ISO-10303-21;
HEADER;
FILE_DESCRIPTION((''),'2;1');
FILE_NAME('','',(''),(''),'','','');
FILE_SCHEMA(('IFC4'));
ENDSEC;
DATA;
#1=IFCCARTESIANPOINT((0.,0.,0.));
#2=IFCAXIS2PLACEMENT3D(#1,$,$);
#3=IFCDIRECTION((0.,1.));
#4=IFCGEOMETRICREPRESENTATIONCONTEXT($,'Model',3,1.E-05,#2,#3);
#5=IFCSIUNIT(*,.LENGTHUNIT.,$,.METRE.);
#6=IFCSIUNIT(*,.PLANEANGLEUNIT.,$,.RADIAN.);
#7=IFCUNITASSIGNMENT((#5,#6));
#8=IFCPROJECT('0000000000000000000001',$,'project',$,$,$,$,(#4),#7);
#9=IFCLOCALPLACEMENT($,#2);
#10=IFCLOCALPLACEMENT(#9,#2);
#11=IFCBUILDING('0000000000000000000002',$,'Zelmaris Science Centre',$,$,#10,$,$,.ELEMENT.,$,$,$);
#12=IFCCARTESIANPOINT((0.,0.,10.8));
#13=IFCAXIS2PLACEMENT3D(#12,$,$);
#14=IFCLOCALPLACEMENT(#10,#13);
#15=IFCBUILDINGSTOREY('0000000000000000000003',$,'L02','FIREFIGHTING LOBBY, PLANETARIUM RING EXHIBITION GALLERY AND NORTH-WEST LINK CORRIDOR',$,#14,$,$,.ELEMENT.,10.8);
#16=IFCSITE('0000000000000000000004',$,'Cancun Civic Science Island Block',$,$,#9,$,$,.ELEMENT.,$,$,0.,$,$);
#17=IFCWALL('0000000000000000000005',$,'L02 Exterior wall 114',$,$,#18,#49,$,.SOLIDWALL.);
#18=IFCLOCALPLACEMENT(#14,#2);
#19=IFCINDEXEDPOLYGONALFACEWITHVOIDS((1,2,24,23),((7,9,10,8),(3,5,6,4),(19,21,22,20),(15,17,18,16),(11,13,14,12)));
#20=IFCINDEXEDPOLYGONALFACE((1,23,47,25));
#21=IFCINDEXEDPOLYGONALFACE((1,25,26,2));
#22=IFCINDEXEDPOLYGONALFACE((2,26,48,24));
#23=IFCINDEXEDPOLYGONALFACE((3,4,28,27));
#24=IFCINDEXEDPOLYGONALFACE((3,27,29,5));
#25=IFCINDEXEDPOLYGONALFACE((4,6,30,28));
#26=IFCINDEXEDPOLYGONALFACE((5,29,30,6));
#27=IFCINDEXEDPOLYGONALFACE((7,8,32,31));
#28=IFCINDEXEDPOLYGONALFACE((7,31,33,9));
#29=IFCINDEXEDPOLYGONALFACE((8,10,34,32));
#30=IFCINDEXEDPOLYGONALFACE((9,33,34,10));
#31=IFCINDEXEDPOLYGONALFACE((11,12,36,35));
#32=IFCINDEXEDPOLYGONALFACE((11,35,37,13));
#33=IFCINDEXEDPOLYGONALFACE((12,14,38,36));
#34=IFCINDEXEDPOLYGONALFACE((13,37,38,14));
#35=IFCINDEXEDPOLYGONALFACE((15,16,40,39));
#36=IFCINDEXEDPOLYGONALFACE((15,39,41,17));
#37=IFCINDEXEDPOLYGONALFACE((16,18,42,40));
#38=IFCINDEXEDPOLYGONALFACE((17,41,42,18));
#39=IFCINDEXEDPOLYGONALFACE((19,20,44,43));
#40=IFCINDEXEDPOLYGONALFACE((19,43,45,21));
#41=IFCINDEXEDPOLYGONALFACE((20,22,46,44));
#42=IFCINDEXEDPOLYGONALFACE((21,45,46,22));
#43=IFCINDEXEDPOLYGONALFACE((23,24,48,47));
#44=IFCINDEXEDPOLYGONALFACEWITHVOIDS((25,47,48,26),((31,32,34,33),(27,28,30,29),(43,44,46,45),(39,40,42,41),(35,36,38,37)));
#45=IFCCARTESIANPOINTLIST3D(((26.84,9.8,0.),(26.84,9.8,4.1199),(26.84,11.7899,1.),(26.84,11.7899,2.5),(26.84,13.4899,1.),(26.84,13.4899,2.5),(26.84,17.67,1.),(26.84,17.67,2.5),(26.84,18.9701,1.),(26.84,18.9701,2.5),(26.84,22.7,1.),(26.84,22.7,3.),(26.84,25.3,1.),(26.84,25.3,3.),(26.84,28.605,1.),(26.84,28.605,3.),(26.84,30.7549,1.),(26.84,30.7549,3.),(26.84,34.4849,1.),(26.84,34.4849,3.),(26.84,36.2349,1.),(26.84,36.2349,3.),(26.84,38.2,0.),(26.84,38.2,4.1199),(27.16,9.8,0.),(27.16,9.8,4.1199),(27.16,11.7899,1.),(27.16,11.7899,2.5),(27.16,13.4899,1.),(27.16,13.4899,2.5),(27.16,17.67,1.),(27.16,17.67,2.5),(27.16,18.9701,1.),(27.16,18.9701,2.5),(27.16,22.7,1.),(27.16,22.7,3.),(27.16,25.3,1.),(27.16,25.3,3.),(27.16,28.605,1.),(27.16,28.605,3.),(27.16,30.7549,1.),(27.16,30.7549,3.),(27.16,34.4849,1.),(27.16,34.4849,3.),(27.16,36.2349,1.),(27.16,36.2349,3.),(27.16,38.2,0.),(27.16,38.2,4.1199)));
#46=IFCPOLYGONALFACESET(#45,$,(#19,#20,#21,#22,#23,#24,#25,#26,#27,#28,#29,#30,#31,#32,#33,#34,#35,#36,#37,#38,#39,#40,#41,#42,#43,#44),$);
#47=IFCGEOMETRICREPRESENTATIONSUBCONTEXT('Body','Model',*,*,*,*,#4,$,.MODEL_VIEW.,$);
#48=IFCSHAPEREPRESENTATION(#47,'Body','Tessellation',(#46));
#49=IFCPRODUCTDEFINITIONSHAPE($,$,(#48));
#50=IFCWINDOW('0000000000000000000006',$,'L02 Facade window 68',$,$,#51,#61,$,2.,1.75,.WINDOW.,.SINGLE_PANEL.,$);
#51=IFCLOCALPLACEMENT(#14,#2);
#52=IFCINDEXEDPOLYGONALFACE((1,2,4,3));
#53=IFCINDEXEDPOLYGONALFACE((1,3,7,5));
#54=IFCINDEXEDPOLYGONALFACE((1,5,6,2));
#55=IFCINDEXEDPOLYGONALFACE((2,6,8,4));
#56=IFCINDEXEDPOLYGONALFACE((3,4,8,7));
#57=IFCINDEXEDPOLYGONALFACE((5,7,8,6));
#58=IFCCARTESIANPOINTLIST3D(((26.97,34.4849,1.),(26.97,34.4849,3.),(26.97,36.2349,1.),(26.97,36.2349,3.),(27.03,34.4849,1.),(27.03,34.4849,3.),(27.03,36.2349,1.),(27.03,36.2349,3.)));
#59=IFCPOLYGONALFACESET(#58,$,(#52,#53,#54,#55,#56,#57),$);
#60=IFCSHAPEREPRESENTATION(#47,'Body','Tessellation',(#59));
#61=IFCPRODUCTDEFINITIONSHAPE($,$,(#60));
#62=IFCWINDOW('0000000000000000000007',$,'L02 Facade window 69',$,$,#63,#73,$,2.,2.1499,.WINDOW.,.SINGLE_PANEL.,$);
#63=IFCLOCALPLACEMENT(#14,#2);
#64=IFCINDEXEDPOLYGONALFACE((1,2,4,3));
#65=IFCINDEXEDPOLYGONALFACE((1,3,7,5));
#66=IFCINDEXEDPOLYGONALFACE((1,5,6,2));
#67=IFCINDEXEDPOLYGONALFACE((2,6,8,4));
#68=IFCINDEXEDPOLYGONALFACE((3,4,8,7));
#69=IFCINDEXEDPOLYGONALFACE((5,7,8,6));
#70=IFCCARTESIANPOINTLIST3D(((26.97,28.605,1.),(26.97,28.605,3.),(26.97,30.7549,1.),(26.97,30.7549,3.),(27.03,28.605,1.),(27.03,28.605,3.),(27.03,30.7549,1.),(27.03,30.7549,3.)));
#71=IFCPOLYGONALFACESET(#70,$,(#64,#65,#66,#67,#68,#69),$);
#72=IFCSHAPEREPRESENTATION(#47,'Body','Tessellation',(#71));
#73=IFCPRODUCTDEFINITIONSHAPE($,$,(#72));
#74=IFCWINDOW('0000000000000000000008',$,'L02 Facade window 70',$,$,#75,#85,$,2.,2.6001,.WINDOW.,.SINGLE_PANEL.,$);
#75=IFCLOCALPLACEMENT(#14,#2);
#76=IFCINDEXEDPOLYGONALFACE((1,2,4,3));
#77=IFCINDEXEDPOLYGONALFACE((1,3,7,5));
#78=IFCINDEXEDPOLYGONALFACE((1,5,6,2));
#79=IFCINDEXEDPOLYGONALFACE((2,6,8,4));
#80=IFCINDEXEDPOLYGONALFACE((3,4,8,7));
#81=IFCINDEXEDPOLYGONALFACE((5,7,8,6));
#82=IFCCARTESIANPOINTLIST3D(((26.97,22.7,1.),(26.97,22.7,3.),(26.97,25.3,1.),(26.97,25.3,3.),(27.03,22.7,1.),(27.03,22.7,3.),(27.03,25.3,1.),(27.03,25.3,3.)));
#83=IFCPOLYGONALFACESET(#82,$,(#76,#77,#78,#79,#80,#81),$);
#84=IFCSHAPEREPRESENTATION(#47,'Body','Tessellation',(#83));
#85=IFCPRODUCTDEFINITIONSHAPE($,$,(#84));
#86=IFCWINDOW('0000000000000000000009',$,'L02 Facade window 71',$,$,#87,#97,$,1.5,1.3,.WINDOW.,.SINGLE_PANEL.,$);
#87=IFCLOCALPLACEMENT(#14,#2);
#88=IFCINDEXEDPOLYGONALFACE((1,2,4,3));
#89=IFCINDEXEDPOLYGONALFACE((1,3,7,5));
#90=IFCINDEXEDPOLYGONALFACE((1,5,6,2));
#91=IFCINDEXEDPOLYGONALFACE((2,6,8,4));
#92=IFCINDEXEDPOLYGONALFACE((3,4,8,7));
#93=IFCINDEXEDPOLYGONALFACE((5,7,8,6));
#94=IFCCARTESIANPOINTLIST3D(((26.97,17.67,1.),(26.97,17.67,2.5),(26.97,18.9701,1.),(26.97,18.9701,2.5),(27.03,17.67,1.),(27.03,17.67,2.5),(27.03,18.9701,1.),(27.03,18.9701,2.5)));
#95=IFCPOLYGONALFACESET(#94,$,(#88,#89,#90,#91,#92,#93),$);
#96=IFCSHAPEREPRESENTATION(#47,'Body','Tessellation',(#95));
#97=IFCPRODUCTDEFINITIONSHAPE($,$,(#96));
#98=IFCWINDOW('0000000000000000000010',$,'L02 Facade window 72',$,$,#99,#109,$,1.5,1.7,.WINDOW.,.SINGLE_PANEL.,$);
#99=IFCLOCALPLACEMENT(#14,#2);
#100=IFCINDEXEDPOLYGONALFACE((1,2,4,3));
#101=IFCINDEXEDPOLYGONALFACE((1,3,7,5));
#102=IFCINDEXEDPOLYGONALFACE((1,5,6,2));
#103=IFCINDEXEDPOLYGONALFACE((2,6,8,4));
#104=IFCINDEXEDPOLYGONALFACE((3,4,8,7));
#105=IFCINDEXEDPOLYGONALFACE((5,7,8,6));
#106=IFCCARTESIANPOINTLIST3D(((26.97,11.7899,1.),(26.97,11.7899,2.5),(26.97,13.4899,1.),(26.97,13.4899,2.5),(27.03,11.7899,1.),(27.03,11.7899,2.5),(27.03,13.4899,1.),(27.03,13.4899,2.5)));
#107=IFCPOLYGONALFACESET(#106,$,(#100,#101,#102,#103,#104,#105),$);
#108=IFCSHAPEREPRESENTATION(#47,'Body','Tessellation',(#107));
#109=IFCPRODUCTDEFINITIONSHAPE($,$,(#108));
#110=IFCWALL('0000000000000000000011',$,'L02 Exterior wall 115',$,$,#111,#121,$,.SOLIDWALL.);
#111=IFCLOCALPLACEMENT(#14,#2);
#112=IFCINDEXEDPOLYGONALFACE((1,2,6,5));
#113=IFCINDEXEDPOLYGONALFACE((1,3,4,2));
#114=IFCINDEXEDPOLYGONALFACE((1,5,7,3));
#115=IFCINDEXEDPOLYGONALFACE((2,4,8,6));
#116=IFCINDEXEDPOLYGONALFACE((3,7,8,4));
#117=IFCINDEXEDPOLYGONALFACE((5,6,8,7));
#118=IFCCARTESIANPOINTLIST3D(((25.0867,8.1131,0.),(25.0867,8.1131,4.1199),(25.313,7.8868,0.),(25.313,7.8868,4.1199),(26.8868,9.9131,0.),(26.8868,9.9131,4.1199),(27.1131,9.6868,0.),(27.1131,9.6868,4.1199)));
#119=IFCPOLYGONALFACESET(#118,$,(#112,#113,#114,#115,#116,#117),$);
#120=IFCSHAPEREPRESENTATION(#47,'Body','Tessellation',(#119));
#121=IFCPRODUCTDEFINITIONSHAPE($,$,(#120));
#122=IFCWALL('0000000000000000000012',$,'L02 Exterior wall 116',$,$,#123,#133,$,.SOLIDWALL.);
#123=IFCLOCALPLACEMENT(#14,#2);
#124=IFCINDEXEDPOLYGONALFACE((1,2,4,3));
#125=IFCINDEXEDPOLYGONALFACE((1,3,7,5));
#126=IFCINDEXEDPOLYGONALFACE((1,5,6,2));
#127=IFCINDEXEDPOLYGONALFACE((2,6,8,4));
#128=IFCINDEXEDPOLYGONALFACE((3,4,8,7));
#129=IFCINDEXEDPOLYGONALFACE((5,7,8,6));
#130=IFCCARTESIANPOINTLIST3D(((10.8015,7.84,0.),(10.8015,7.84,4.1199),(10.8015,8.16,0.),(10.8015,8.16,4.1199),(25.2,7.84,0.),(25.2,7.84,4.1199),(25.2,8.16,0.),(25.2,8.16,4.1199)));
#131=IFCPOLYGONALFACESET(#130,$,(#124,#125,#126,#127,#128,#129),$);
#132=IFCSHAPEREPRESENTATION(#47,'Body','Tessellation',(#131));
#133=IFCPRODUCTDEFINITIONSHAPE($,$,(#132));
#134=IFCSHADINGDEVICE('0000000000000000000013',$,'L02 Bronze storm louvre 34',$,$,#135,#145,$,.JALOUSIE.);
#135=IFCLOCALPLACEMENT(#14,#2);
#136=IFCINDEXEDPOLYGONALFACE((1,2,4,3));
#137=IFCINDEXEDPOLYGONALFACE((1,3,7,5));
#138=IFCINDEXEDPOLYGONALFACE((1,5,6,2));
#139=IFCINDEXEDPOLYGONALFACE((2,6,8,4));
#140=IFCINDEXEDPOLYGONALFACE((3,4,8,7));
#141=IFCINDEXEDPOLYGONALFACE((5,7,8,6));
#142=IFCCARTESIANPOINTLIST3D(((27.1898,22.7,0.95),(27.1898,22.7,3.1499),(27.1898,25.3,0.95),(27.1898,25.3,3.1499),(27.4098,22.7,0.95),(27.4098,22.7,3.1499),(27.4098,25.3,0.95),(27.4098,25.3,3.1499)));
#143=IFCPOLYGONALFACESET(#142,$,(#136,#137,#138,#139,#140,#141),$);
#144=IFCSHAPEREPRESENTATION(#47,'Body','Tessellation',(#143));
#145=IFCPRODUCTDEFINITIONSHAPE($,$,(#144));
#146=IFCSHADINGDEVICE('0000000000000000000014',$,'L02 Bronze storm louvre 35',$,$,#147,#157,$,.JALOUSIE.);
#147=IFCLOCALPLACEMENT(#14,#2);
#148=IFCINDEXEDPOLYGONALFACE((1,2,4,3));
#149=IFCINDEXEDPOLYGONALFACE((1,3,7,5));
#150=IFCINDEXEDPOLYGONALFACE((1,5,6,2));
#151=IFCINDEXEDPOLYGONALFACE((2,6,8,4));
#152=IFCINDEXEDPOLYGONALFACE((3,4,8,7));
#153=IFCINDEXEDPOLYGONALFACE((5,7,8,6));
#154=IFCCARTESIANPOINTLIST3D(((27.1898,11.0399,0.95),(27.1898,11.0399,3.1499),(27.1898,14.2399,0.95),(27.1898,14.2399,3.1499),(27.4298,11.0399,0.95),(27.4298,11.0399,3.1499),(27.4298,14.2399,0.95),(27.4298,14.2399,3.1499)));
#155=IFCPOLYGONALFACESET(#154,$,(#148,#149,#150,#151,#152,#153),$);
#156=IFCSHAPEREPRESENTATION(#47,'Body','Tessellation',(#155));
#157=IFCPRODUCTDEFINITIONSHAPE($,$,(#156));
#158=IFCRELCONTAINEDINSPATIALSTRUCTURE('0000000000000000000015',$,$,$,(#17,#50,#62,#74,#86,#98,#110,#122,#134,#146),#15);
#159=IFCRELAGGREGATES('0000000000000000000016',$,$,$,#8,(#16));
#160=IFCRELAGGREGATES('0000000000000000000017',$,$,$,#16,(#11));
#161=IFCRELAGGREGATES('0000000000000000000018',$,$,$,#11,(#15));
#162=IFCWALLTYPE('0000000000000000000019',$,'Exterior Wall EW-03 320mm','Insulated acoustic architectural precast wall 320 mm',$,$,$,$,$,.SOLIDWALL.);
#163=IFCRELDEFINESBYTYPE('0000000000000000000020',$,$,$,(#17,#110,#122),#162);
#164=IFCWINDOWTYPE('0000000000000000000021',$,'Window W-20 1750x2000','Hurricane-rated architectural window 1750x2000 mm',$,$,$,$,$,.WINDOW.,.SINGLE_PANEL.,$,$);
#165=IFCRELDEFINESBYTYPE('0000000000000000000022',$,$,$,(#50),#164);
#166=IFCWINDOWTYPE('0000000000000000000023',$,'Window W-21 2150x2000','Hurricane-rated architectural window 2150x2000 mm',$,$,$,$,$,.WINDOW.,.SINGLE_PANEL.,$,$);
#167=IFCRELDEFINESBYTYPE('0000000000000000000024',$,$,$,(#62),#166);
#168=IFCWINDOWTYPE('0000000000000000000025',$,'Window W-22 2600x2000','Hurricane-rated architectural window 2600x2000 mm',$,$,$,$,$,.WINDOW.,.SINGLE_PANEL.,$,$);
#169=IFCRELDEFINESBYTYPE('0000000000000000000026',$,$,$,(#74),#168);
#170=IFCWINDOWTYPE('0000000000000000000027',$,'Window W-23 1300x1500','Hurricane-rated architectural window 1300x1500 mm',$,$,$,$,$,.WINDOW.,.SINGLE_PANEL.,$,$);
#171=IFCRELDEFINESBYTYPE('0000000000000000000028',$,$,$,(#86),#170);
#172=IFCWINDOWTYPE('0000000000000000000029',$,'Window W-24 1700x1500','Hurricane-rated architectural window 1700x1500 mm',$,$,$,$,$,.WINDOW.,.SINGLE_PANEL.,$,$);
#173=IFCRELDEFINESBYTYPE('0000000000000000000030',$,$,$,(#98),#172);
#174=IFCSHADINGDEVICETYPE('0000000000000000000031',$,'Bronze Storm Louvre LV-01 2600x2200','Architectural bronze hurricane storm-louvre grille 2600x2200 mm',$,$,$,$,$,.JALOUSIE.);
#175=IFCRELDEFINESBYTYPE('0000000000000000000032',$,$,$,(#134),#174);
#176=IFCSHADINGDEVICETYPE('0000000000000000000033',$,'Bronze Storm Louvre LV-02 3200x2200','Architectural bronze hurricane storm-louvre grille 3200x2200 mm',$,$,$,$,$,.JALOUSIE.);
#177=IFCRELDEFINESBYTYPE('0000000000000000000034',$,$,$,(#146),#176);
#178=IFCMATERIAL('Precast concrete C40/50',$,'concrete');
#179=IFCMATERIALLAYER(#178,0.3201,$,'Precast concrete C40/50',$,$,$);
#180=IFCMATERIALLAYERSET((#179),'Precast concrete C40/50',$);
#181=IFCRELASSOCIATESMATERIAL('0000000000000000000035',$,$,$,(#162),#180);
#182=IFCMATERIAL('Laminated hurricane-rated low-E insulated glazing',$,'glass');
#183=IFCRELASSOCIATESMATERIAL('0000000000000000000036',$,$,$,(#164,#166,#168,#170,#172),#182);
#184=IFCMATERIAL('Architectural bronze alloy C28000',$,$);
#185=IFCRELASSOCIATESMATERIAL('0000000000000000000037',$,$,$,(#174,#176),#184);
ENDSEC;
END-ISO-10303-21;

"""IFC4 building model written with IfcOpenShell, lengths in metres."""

from ifc_helpers import new_model, si_unit, direction, frame, frame_2d, origin, place, context, subcontext, project, spatial, rectangle, extrude, material, layer, layer_set, type_object, element, fill, save


model = new_model("IFC4")

# Units and contexts
model_context = context("Model", 3, precision=1e-05, world=origin(), true_north=direction((0.0, 1.0)))
body_context = subcontext(model_context, "Body", "Model", "MODEL_VIEW")
ifc_project = project(units=[si_unit("LENGTHUNIT", "METRE"), si_unit("PLANEANGLEUNIT", "RADIAN")], contexts=[model_context])

# Site, building, storey
site_placement = place(None, origin())
site = spatial("IfcSite", under=ifc_project, at=site_placement, Name="Cancun Civic Science Island Block", CompositionType="ELEMENT", RefElevation=0.0)
building_placement = place(site_placement, origin())
building = spatial("IfcBuilding", under=site, at=building_placement, Name="Zelmaris Science Centre", CompositionType="ELEMENT")
storey_placement = place(building_placement, frame((0.0, 0.0, 10.8)))
storey = spatial("IfcBuildingStorey", under=building, at=storey_placement, Name="L02", Description="FIREFIGHTING LOBBY, PLANETARIUM RING EXHIBITION GALLERY AND NORTH-WEST LINK CORRIDOR", CompositionType="ELEMENT", Elevation=10.8)

# Shared definitions
ifc_material_1 = material(Name="Precast concrete C40/50", Category="concrete")
ifc_layer = layer(ifc_material_1, 0.3201, Name="Precast concrete C40/50")
ifc_layer_set = layer_set([ifc_layer], Name="Precast concrete C40/50")
wall_type = type_object("IfcWallType", Name="Exterior Wall EW-03 320mm", Description="Insulated acoustic architectural precast wall 320 mm", PredefinedType="SOLIDWALL", material=ifc_layer_set)

# Wall, openings, windows
wall_1_placement = place(storey_placement, frame((27.0, 38.2, 0.0), z_axis=(0.0, 0.0, 1.0), x_axis=(0.0, -1.0, 0.0)))
wall_1 = element("IfcWall", 1, at=wall_1_placement, inside=storey, type_object=wall_type, Name="L02 Exterior wall 114", PredefinedType="SOLIDWALL", context=body_context, shape_type="SweptSolid", body=[
    extrude(rectangle(XDim=28.3999, YDim=0.3201, at=frame_2d((14.2, 0.0))), origin(), (0.0, 0.0, 1.0), 4.1199),
])
opening_1_placement = place(wall_1_placement, frame((1.9651, 0.0, 1.0)))
opening_1 = element("IfcOpeningElement", 2, at=opening_1_placement, cuts=wall_1, PredefinedType="OPENING", context=body_context, shape_type="SweptSolid", body=[
    extrude(rectangle(XDim=1.75, YDim=2.0, at=frame_2d((0.875, 1.0))), frame((0.0, 0.1699, 0.0), z_axis=(0.0, -1.0, 0.0), x_axis=(1.0, 0.0, 0.0)), (0.0, 0.0, 1.0), 0.3401),
])
opening_2_placement = place(wall_1_placement, frame((7.4451, 0.0, 1.0)))
opening_2 = element("IfcOpeningElement", 3, at=opening_2_placement, cuts=wall_1, PredefinedType="OPENING", context=body_context, shape_type="SweptSolid", body=[
    extrude(rectangle(XDim=2.1499, YDim=2.0, at=frame_2d((1.075, 1.0))), frame((0.0, 0.1699, 0.0), z_axis=(0.0, -1.0, 0.0), x_axis=(1.0, 0.0, 0.0)), (0.0, 0.0, 1.0), 0.3401),
])
opening_3_placement = place(wall_1_placement, frame((12.8999, 0.0, 1.0)))
opening_3 = element("IfcOpeningElement", 4, at=opening_3_placement, cuts=wall_1, PredefinedType="OPENING", context=body_context, shape_type="SweptSolid", body=[
    extrude(rectangle(XDim=2.6001, YDim=2.0, at=frame_2d((1.3, 1.0))), frame((0.0, 0.1699, 0.0), z_axis=(0.0, -1.0, 0.0), x_axis=(1.0, 0.0, 0.0)), (0.0, 0.0, 1.0), 0.3401),
])
opening_4_placement = place(wall_1_placement, frame((19.23, 0.0, 1.0)))
opening_4 = element("IfcOpeningElement", 5, at=opening_4_placement, cuts=wall_1, PredefinedType="OPENING", context=body_context, shape_type="SweptSolid", body=[
    extrude(rectangle(XDim=1.3, YDim=1.5, at=frame_2d((0.6499, 0.75))), frame((0.0, 0.1699, 0.0), z_axis=(0.0, -1.0, 0.0), x_axis=(1.0, 0.0, 0.0)), (0.0, 0.0, 1.0), 0.3401),
])
opening_5_placement = place(wall_1_placement, frame((24.71, 0.0, 1.0)))
opening_5 = element("IfcOpeningElement", 6, at=opening_5_placement, cuts=wall_1, PredefinedType="OPENING", context=body_context, shape_type="SweptSolid", body=[
    extrude(rectangle(XDim=1.7, YDim=1.5, at=frame_2d((0.8501, 0.75))), frame((0.0, 0.1699, 0.0), z_axis=(0.0, -1.0, 0.0), x_axis=(1.0, 0.0, 0.0)), (0.0, 0.0, 1.0), 0.3401),
])
ifc_material_2 = material(Name="Laminated hurricane-rated low-E insulated glazing", Category="glass")
window_type_1 = type_object("IfcWindowType", Name="Window W-20 1750x2000", Description="Hurricane-rated architectural window 1750x2000 mm", PartitioningType="SINGLE_PANEL", PredefinedType="WINDOW", material=ifc_material_2)
window_1_placement = place(opening_1_placement, origin())
window_1 = element("IfcWindow", 7, at=window_1_placement, inside=storey, type_object=window_type_1, Name="L02 Facade window 68", OverallHeight=2.0, OverallWidth=1.75, PartitioningType="SINGLE_PANEL", PredefinedType="WINDOW", context=body_context, shape_type="SweptSolid", body=[
    extrude(rectangle(XDim=1.75, YDim=2.0, at=frame_2d((0.875, 1.0))), frame((0.0, 0.03, 0.0), z_axis=(0.0, -1.0, 0.0), x_axis=(1.0, 0.0, 0.0)), (0.0, 0.0, 1.0), 0.0601),
])
fill(opening_1, window_1)
window_type_2 = type_object("IfcWindowType", Name="Window W-21 2150x2000", Description="Hurricane-rated architectural window 2150x2000 mm", PartitioningType="SINGLE_PANEL", PredefinedType="WINDOW", material=ifc_material_2)
window_2_placement = place(opening_2_placement, origin())
window_2 = element("IfcWindow", 8, at=window_2_placement, inside=storey, type_object=window_type_2, Name="L02 Facade window 69", OverallHeight=2.0, OverallWidth=2.1499, PartitioningType="SINGLE_PANEL", PredefinedType="WINDOW", context=body_context, shape_type="SweptSolid", body=[
    extrude(rectangle(XDim=2.1499, YDim=2.0, at=frame_2d((1.075, 1.0))), frame((0.0, 0.03, 0.0), z_axis=(0.0, -1.0, 0.0), x_axis=(1.0, 0.0, 0.0)), (0.0, 0.0, 1.0), 0.0601),
])
fill(opening_2, window_2)
window_type_3 = type_object("IfcWindowType", Name="Window W-22 2600x2000", Description="Hurricane-rated architectural window 2600x2000 mm", PartitioningType="SINGLE_PANEL", PredefinedType="WINDOW", material=ifc_material_2)
window_3_placement = place(opening_3_placement, origin())
window_3 = element("IfcWindow", 9, at=window_3_placement, inside=storey, type_object=window_type_3, Name="L02 Facade window 70", OverallHeight=2.0, OverallWidth=2.6001, PartitioningType="SINGLE_PANEL", PredefinedType="WINDOW", context=body_context, shape_type="SweptSolid", body=[
    extrude(rectangle(XDim=2.6001, YDim=2.0, at=frame_2d((1.3, 1.0))), frame((0.0, 0.03, 0.0), z_axis=(0.0, -1.0, 0.0), x_axis=(1.0, 0.0, 0.0)), (0.0, 0.0, 1.0), 0.0601),
])
fill(opening_3, window_3)
window_type_4 = type_object("IfcWindowType", Name="Window W-23 1300x1500", Description="Hurricane-rated architectural window 1300x1500 mm", PartitioningType="SINGLE_PANEL", PredefinedType="WINDOW", material=ifc_material_2)
window_4_placement = place(opening_4_placement, origin())
window_4 = element("IfcWindow", 10, at=window_4_placement, inside=storey, type_object=window_type_4, Name="L02 Facade window 71", OverallHeight=1.5, OverallWidth=1.3, PartitioningType="SINGLE_PANEL", PredefinedType="WINDOW", context=body_context, shape_type="SweptSolid", body=[
    extrude(rectangle(XDim=1.3, YDim=1.5, at=frame_2d((0.6499, 0.75))), frame((0.0, 0.03, 0.0), z_axis=(0.0, -1.0, 0.0), x_axis=(1.0, 0.0, 0.0)), (0.0, 0.0, 1.0), 0.0601),
])
fill(opening_4, window_4)
window_type_5 = type_object("IfcWindowType", Name="Window W-24 1700x1500", Description="Hurricane-rated architectural window 1700x1500 mm", PartitioningType="SINGLE_PANEL", PredefinedType="WINDOW", material=ifc_material_2)
window_5_placement = place(opening_5_placement, origin())
window_5 = element("IfcWindow", 11, at=window_5_placement, inside=storey, type_object=window_type_5, Name="L02 Facade window 72", OverallHeight=1.5, OverallWidth=1.7, PartitioningType="SINGLE_PANEL", PredefinedType="WINDOW", context=body_context, shape_type="SweptSolid", body=[
    extrude(rectangle(XDim=1.7, YDim=1.5, at=frame_2d((0.8501, 0.75))), frame((0.0, 0.03, 0.0), z_axis=(0.0, -1.0, 0.0), x_axis=(1.0, 0.0, 0.0)), (0.0, 0.0, 1.0), 0.0601),
])
fill(opening_5, window_5)

# Walls
wall_2_placement = place(storey_placement, frame((27.0, 9.8, 0.0), z_axis=(0.0, 0.0, 1.0), x_axis=(-0.707107, -0.707107, 0.0)))
element("IfcWall", 12, at=wall_2_placement, inside=storey, type_object=wall_type, Name="L02 Exterior wall 115", PredefinedType="SOLIDWALL", context=body_context, shape_type="SweptSolid", body=[
    extrude(rectangle(XDim=2.5457, YDim=0.3201, at=frame_2d((1.2729, 0.0))), origin(), (0.0, 0.0, 1.0), 4.1199),
])
wall_3_placement = place(storey_placement, frame((25.2, 8.0, 0.0), z_axis=(0.0, 0.0, 1.0), x_axis=(-1.0, 0.0, 0.0)))
element("IfcWall", 13, at=wall_3_placement, inside=storey, type_object=wall_type, Name="L02 Exterior wall 116", PredefinedType="SOLIDWALL", context=body_context, shape_type="SweptSolid", body=[
    extrude(rectangle(XDim=14.3984, YDim=0.3201, at=frame_2d((7.1992, 0.0))), origin(), (0.0, 0.0, 1.0), 4.1199),
])

# Shading devices
ifc_material_3 = material(Name="Architectural bronze alloy C28000")
shading_device_type_1 = type_object("IfcShadingDeviceType", Name="Bronze Storm Louvre LV-01 2600x2200", Description="Architectural bronze hurricane storm-louvre grille 2600x2200 mm", PredefinedType="JALOUSIE", material=ifc_material_3)
shading_device_1_placement = place(storey_placement, frame((27.2998, 25.3, 0.95), z_axis=(0.0, 0.0, 1.0), x_axis=(0.0, -1.0, 0.0)))
element("IfcShadingDevice", 14, at=shading_device_1_placement, inside=storey, type_object=shading_device_type_1, Name="L02 Bronze storm louvre 34", PredefinedType="JALOUSIE", context=body_context, shape_type="SweptSolid", body=[
    extrude(rectangle(XDim=2.6001, YDim=0.22, at=frame_2d((1.3, 0.0))), origin(), (0.0, 0.0, 1.0), 2.2),
])
shading_device_type_2 = type_object("IfcShadingDeviceType", Name="Bronze Storm Louvre LV-02 3200x2200", Description="Architectural bronze hurricane storm-louvre grille 3200x2200 mm", PredefinedType="JALOUSIE", material=ifc_material_3)
shading_device_2_placement = place(storey_placement, frame((27.3098, 14.24, 0.95), z_axis=(0.0, 0.0, 1.0), x_axis=(0.0, -1.0, 0.0)))
element("IfcShadingDevice", 15, at=shading_device_2_placement, inside=storey, type_object=shading_device_type_2, Name="L02 Bronze storm louvre 35", PredefinedType="JALOUSIE", context=body_context, shape_type="SweptSolid", body=[
    extrude(rectangle(XDim=3.2, YDim=0.24, at=frame_2d((1.6001, 0.0))), origin(), (0.0, 0.0, 1.0), 2.2),
])

save(model, "model.ifc")
